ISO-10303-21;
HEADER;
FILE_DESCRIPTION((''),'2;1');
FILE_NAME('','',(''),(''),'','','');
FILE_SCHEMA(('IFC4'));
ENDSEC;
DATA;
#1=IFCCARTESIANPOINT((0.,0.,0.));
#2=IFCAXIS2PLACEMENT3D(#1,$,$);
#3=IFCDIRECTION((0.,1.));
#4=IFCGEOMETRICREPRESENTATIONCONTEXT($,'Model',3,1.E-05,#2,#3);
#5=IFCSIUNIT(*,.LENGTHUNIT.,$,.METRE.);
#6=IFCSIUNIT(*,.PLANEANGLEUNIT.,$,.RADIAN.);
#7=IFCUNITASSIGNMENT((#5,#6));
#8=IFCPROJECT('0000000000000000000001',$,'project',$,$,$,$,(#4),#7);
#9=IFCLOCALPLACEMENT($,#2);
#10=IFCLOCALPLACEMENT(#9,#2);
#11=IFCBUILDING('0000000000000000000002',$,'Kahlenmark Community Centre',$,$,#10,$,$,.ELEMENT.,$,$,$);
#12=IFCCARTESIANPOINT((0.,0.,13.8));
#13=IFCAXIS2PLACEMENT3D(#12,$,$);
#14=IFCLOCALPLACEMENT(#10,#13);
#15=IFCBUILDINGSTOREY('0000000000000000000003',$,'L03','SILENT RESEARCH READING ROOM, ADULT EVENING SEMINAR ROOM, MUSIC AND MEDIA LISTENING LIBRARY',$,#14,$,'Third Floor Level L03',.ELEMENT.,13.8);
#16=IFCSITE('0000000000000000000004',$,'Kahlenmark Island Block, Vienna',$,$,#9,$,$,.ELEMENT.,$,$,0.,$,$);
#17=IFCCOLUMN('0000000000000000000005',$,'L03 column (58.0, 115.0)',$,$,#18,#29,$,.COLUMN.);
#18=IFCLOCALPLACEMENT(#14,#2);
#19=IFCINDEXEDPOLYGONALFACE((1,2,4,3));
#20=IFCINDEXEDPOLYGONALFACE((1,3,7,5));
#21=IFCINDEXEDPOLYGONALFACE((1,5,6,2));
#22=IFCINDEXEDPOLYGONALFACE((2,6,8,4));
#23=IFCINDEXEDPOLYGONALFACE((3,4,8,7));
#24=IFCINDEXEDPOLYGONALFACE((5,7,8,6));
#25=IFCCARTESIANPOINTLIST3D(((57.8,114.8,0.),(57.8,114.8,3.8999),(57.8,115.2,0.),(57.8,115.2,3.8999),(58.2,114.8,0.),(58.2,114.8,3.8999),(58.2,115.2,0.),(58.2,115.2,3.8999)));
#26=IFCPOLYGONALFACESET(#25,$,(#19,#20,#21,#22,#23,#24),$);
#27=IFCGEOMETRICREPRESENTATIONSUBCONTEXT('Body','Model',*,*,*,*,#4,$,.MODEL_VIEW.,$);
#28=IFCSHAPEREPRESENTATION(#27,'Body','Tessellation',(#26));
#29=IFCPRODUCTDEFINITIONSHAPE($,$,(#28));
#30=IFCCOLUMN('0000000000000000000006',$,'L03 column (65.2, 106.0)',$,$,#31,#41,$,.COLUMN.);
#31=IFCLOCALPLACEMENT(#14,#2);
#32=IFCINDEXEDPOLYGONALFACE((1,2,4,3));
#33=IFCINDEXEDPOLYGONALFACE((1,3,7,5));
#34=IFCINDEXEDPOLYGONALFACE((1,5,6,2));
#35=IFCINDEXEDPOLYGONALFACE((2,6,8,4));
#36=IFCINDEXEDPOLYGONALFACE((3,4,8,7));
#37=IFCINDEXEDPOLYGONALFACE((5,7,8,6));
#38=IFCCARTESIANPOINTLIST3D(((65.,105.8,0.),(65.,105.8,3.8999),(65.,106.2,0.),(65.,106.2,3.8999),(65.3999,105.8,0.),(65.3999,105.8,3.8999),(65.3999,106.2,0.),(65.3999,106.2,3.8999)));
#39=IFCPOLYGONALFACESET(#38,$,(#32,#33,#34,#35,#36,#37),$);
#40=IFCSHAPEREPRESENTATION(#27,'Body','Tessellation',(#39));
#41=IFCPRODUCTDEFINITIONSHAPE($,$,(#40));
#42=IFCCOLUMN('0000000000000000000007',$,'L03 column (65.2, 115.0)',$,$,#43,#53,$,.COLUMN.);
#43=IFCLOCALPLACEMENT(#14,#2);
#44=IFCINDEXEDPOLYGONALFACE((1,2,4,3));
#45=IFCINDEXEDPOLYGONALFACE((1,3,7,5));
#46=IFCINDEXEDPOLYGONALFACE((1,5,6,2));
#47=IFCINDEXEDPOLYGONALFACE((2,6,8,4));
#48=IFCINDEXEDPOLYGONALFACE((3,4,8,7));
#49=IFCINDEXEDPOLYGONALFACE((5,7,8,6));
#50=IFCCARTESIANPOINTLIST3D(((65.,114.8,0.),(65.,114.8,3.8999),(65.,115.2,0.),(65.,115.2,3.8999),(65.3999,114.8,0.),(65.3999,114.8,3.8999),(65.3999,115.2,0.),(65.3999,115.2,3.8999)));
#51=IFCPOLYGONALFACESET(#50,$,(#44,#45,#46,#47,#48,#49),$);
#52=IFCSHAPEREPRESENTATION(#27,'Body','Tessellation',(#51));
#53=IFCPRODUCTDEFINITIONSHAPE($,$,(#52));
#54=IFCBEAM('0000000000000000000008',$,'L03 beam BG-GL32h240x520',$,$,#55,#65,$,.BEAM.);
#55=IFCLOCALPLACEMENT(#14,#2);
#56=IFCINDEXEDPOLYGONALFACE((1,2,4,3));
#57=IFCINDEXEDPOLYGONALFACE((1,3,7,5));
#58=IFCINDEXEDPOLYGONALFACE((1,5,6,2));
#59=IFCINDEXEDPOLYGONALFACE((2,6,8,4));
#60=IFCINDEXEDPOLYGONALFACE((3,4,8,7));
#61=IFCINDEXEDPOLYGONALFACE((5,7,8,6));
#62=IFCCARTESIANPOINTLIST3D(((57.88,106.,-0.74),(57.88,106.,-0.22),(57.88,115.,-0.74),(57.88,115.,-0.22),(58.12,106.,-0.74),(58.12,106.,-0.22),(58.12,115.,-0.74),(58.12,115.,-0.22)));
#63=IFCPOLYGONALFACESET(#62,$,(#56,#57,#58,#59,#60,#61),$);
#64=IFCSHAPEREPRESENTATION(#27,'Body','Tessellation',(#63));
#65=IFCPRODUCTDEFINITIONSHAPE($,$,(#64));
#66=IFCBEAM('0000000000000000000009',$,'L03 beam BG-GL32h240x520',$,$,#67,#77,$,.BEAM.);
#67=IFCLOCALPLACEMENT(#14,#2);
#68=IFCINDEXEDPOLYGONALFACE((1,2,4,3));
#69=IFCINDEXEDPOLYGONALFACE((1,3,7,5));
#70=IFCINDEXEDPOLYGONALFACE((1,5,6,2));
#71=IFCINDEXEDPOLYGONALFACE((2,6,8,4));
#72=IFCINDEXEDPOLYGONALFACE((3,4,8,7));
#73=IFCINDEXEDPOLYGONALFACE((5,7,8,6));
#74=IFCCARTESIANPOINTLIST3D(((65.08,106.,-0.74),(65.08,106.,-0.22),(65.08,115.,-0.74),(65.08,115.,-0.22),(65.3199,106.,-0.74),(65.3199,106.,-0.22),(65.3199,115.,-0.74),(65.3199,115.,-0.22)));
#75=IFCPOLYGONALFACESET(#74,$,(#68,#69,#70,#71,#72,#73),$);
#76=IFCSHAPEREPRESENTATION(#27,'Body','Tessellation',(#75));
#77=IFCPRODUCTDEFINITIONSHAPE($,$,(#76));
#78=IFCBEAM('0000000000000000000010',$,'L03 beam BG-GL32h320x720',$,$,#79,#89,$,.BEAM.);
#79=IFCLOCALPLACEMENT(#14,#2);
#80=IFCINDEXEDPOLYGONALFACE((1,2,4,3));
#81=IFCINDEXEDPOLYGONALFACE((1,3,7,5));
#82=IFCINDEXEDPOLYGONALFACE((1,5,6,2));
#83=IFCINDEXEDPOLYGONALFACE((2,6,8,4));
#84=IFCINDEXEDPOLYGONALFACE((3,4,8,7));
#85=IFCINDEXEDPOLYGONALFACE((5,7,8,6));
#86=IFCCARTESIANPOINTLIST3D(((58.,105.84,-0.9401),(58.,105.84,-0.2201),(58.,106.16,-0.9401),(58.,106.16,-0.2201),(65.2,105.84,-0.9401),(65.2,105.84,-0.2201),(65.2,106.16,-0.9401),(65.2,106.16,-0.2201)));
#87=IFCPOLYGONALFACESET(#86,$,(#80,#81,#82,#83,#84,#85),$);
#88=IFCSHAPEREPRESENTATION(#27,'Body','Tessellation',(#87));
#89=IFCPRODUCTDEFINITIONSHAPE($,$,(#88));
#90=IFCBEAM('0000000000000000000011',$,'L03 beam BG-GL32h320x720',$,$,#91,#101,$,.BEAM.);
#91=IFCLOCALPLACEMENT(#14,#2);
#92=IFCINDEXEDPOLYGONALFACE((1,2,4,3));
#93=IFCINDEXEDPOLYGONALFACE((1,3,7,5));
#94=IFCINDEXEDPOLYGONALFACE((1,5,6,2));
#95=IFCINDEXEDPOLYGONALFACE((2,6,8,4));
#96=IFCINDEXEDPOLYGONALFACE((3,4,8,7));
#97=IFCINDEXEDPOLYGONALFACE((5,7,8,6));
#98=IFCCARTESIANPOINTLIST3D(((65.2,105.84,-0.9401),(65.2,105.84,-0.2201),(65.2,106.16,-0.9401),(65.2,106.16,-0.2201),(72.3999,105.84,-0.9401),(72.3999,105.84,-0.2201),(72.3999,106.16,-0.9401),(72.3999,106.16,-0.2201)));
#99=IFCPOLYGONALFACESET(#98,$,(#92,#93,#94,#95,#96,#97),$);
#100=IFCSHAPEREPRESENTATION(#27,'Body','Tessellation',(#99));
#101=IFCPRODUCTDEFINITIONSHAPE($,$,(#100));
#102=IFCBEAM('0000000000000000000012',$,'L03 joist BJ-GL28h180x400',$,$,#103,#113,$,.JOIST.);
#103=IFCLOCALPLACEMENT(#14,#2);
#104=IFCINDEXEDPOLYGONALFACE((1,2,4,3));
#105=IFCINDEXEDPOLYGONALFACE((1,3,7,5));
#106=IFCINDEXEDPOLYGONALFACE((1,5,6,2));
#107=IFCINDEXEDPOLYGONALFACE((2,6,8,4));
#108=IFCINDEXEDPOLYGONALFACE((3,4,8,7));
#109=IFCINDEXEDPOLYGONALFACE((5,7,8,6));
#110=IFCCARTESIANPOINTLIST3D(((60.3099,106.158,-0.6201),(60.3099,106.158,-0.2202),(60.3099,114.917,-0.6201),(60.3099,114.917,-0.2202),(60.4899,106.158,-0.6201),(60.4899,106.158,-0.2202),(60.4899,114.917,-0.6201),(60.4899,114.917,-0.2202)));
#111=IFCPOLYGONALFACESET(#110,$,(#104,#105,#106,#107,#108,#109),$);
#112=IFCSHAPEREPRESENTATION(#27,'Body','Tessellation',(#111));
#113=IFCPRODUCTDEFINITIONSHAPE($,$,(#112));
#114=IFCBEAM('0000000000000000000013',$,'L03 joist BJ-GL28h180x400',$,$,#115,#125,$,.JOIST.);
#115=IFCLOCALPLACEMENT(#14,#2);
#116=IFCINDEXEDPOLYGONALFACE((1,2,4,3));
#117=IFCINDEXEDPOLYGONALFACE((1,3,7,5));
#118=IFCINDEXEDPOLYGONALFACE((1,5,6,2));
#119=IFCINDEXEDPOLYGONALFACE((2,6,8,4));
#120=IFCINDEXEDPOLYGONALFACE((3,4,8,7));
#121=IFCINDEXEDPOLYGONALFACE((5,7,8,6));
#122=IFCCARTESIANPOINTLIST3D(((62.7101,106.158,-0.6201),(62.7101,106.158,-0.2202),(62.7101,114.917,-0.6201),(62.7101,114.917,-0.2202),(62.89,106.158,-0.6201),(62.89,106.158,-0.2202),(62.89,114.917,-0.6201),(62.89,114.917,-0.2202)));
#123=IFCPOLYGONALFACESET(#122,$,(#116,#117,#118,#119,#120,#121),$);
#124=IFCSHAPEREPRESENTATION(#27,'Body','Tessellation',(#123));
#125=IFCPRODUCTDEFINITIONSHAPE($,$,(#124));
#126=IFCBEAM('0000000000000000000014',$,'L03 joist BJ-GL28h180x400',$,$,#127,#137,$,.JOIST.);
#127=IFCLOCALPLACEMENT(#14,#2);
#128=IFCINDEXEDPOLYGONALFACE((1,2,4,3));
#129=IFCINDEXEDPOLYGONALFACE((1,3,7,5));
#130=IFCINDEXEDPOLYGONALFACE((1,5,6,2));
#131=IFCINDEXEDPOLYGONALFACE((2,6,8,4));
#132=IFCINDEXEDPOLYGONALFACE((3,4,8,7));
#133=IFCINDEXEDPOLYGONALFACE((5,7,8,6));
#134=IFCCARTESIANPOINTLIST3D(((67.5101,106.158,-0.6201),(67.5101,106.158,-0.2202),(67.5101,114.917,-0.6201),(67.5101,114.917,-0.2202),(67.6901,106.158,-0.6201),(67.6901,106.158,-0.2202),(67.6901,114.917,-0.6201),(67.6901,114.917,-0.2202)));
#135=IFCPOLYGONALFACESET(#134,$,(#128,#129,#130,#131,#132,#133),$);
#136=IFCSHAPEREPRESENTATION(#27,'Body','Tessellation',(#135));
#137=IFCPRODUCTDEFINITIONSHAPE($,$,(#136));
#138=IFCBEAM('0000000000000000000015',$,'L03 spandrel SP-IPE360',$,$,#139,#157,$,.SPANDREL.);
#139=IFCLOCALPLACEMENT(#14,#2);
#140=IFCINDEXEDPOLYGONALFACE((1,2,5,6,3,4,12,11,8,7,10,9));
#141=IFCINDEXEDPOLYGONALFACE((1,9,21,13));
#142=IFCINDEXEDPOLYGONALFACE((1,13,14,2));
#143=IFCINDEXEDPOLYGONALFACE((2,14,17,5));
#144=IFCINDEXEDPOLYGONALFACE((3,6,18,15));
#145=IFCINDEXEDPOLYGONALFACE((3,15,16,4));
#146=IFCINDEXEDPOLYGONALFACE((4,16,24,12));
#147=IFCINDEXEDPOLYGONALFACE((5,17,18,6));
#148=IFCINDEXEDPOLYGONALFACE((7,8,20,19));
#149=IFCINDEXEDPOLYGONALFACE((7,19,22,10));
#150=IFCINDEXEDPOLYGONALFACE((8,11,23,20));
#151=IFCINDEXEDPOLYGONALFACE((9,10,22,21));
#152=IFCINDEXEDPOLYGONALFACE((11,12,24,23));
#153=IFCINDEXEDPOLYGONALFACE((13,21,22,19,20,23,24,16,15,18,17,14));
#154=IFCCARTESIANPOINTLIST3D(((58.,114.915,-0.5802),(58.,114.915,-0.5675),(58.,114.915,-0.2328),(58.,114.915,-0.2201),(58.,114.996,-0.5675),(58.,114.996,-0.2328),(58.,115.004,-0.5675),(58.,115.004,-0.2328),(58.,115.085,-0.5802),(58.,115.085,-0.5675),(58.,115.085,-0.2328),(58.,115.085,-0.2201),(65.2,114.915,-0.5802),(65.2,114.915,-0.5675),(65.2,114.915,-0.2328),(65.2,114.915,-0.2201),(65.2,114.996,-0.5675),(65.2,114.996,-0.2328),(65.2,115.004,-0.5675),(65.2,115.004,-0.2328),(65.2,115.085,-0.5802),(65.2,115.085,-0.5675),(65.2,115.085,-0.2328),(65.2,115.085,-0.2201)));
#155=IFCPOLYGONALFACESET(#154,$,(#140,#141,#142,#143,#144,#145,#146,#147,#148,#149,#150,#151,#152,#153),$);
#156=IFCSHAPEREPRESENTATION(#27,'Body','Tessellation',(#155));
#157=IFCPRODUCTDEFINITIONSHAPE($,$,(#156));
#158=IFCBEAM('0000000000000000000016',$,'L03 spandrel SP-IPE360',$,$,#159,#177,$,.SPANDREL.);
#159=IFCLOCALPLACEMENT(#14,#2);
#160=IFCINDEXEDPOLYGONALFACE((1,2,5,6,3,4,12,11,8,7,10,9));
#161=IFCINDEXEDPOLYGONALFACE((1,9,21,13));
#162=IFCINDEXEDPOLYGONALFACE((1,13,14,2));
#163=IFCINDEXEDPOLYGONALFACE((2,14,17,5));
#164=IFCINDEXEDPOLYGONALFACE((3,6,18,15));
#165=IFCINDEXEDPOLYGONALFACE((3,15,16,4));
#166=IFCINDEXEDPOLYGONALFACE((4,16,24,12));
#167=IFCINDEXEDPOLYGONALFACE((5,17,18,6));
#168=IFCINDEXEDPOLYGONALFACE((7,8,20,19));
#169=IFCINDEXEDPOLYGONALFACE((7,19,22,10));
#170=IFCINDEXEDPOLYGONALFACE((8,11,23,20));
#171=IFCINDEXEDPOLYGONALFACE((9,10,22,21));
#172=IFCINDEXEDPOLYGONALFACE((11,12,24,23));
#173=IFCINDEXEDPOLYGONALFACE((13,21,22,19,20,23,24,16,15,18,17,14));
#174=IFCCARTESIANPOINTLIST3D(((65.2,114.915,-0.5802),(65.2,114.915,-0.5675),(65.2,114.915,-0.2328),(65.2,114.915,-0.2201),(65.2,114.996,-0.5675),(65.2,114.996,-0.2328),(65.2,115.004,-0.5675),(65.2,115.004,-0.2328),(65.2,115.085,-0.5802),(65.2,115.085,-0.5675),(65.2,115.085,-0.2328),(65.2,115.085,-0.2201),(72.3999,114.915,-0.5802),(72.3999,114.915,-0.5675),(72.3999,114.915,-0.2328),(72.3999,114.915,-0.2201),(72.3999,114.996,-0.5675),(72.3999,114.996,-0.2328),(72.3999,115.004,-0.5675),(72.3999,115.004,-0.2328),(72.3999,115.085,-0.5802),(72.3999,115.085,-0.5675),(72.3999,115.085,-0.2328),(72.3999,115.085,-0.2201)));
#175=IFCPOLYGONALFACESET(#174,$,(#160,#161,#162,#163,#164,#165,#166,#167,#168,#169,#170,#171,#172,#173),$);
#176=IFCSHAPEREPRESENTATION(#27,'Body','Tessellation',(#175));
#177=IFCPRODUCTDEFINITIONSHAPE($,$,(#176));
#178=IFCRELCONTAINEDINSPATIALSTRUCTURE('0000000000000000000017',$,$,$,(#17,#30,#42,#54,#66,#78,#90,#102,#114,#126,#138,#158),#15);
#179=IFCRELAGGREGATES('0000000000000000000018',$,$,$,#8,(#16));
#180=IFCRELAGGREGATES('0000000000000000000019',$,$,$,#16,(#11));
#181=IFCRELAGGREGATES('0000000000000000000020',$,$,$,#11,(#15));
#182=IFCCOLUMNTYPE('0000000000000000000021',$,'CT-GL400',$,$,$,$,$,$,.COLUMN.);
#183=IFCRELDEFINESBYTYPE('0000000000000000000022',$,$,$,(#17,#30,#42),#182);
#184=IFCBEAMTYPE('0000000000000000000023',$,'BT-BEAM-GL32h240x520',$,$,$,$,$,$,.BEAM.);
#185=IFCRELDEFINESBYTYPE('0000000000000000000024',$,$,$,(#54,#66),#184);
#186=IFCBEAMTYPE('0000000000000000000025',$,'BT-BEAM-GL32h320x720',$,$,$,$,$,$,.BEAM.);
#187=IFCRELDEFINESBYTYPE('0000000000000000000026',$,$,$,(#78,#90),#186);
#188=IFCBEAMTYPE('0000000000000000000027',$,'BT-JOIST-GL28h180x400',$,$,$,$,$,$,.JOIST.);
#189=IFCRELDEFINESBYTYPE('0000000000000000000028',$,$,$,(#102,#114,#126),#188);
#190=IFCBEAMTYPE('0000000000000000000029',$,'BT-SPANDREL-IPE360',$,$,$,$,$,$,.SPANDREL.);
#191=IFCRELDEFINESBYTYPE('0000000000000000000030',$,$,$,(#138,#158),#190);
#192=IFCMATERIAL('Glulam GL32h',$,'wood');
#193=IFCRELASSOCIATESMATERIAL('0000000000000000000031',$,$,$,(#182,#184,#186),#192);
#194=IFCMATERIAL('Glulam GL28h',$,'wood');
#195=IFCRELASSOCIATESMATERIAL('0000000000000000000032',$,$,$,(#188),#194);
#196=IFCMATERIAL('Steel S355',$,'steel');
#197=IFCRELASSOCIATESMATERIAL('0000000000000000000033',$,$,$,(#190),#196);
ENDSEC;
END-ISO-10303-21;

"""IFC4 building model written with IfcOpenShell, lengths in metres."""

from ifc_helpers import new_model, si_unit, direction, frame, origin, origin_2d, place, context, subcontext, project, spatial, rectangle, i_section, extrude, material, material_profile, profile_set, type_object, element, save


model = new_model("IFC4")

# Units and contexts
model_context = context("Model", 3, precision=1e-05, world=origin(), true_north=direction((0.0, 1.0)))
body_context = subcontext(model_context, "Body", "Model", "MODEL_VIEW")
ifc_project = project(units=[si_unit("LENGTHUNIT", "METRE"), si_unit("PLANEANGLEUNIT", "RADIAN")], contexts=[model_context])

# Site, building, storey
site_placement = place(None, origin())
site = spatial("IfcSite", under=ifc_project, at=site_placement, Name="Kahlenmark Island Block, Vienna", CompositionType="ELEMENT", RefElevation=0.0)
building_placement = place(site_placement, origin())
building = spatial("IfcBuilding", under=site, at=building_placement, Name="Kahlenmark Community Centre", CompositionType="ELEMENT")
storey_placement = place(building_placement, frame((0.0, 0.0, 13.8)))
storey = spatial("IfcBuildingStorey", under=building, at=storey_placement, Name="L03", Description="SILENT RESEARCH READING ROOM, ADULT EVENING SEMINAR ROOM, MUSIC AND MEDIA LISTENING LIBRARY", LongName="Third Floor Level L03", CompositionType="ELEMENT", Elevation=13.8)

# Columns
ifc_material_1 = material(Name="Glulam GL32h", Category="wood")
ifc_material_profile_1 = material_profile(ifc_material_1, rectangle(XDim=0.3999, YDim=0.3999, at=origin_2d()), Name="GL32h 400x400")
ifc_profile_set_1 = profile_set([ifc_material_profile_1], Name="Glulam GL32h")
column_type = type_object("IfcColumnType", Name="CT-GL400", PredefinedType="COLUMN", material=ifc_profile_set_1)
for number, where, z_axis, x_axis, name in (
    (1, (58.0, 115.0, 0.0), (0.0, 0.0, 1.0), (1.0, 0.0, 0.0), "L03 column (58.0, 115.0)"),
    (2, (65.2, 106.0, 0.0), (0.0, 0.0, 1.0), (1.0, 0.0, 0.0), "L03 column (65.2, 106.0)"),
    (3, (65.2, 115.0, 0.0), (0.0, 0.0, 1.0), (1.0, 0.0, 0.0), "L03 column (65.2, 115.0)"),
):
    element("IfcColumn", number, at=place(storey_placement, frame(where, z_axis=z_axis, x_axis=x_axis)), inside=storey, type_object=column_type, Name=name, PredefinedType="COLUMN", context=body_context, shape_type="SweptSolid", body=[
        extrude(rectangle(XDim=0.3999, YDim=0.3999, at=origin_2d()), origin(), (0.0, 0.0, 1.0), 3.8999),
    ])

# Beams
ifc_material_profile_2 = material_profile(ifc_material_1, rectangle(XDim=0.24, YDim=0.52, at=origin_2d()), Name="GL32h 240x520")
ifc_profile_set_2 = profile_set([ifc_material_profile_2], Name="Glulam GL32h")
beam_type_1 = type_object("IfcBeamType", Name="BT-BEAM-GL32h240x520", PredefinedType="BEAM", material=ifc_profile_set_2)
for number, where, z_axis, x_axis, name in (
    (4, (58.0, 106.0, -0.48), (0.0, 1.0, 0.0), (-1.0, 0.0, 0.0), "L03 beam BG-GL32h240x520"),
    (5, (65.2, 106.0, -0.48), (0.0, 1.0, 0.0), (-1.0, 0.0, 0.0), "L03 beam BG-GL32h240x520"),
):
    element("IfcBeam", number, at=place(storey_placement, frame(where, z_axis=z_axis, x_axis=x_axis)), inside=storey, type_object=beam_type_1, Name=name, PredefinedType="BEAM", context=body_context, shape_type="SweptSolid", body=[
        extrude(rectangle(XDim=0.24, YDim=0.52, at=origin_2d()), origin(), (0.0, 0.0, 1.0), 9.0),
    ])
ifc_material_profile_3 = material_profile(ifc_material_1, rectangle(XDim=0.3201, YDim=0.72, at=origin_2d()), Name="GL32h 320x720")
ifc_profile_set_3 = profile_set([ifc_material_profile_3], Name="Glulam GL32h")
beam_type_2 = type_object("IfcBeamType", Name="BT-BEAM-GL32h320x720", PredefinedType="BEAM", material=ifc_profile_set_3)
for number, where, z_axis, x_axis, name in (
    (6, (58.0, 106.0, -0.5801), (1.0, 0.0, 0.0), (0.0, 1.0, 0.0), "L03 beam BG-GL32h320x720"),
    (7, (65.2, 106.0, -0.5801), (1.0, 0.0, 0.0), (0.0, 1.0, 0.0), "L03 beam BG-GL32h320x720"),
):
    element("IfcBeam", number, at=place(storey_placement, frame(where, z_axis=z_axis, x_axis=x_axis)), inside=storey, type_object=beam_type_2, Name=name, PredefinedType="BEAM", context=body_context, shape_type="SweptSolid", body=[
        extrude(rectangle(XDim=0.3201, YDim=0.72, at=origin_2d()), origin(), (0.0, 0.0, 1.0), 7.2),
    ])
ifc_material_2 = material(Name="Glulam GL28h", Category="wood")
ifc_material_profile_4 = material_profile(ifc_material_2, rectangle(XDim=0.1799, YDim=0.3999, at=origin_2d()), Name="GL28h 180x400")
ifc_profile_set_4 = profile_set([ifc_material_profile_4], Name="Glulam GL28h")
beam_type_3 = type_object("IfcBeamType", Name="BT-JOIST-GL28h180x400", PredefinedType="JOIST", material=ifc_profile_set_4)
for number, where, z_axis, x_axis, name in (
    (8, (60.3999, 106.158, -0.4202), (0.0, 1.0, 0.0), (-1.0, 0.0, 0.0), "L03 joist BJ-GL28h180x400"),
    (9, (62.8, 106.158, -0.4202), (0.0, 1.0, 0.0), (-1.0, 0.0, 0.0), "L03 joist BJ-GL28h180x400"),
    (10, (67.6001, 106.158, -0.4202), (0.0, 1.0, 0.0), (-1.0, 0.0, 0.0), "L03 joist BJ-GL28h180x400"),
):
    element("IfcBeam", number, at=place(storey_placement, frame(where, z_axis=z_axis, x_axis=x_axis)), inside=storey, type_object=beam_type_3, Name=name, PredefinedType="JOIST", context=body_context, shape_type="SweptSolid", body=[
        extrude(rectangle(XDim=0.1799, YDim=0.3999, at=origin_2d()), origin(), (0.0, 0.0, 1.0), 8.759),
    ])
ifc_material_3 = material(Name="Steel S355", Category="steel")
ifc_material_profile_5 = material_profile(ifc_material_3, i_section(OverallWidth=0.1699, OverallDepth=0.3601, WebThickness=0.0081, FlangeThickness=0.0127, at=origin_2d()), Name="IPE 360")
ifc_profile_set_5 = profile_set([ifc_material_profile_5], Name="Steel S355")
beam_type_4 = type_object("IfcBeamType", Name="BT-SPANDREL-IPE360", PredefinedType="SPANDREL", material=ifc_profile_set_5)
for number, where, z_axis, x_axis, name in (
    (11, (58.0, 115.0, -0.4001), (1.0, 0.0, 0.0), (0.0, 1.0, 0.0), "L03 spandrel SP-IPE360"),
    (12, (65.2, 115.0, -0.4001), (1.0, 0.0, 0.0), (0.0, 1.0, 0.0), "L03 spandrel SP-IPE360"),
):
    element("IfcBeam", number, at=place(storey_placement, frame(where, z_axis=z_axis, x_axis=x_axis)), inside=storey, type_object=beam_type_4, Name=name, PredefinedType="SPANDREL", context=body_context, shape_type="SweptSolid", body=[
        extrude(i_section(OverallWidth=0.1699, OverallDepth=0.3601, WebThickness=0.0081, FlangeThickness=0.0127, at=origin_2d()), origin(), (0.0, 0.0, 1.0), 7.2),
    ])

save(model, "model.ifc")
